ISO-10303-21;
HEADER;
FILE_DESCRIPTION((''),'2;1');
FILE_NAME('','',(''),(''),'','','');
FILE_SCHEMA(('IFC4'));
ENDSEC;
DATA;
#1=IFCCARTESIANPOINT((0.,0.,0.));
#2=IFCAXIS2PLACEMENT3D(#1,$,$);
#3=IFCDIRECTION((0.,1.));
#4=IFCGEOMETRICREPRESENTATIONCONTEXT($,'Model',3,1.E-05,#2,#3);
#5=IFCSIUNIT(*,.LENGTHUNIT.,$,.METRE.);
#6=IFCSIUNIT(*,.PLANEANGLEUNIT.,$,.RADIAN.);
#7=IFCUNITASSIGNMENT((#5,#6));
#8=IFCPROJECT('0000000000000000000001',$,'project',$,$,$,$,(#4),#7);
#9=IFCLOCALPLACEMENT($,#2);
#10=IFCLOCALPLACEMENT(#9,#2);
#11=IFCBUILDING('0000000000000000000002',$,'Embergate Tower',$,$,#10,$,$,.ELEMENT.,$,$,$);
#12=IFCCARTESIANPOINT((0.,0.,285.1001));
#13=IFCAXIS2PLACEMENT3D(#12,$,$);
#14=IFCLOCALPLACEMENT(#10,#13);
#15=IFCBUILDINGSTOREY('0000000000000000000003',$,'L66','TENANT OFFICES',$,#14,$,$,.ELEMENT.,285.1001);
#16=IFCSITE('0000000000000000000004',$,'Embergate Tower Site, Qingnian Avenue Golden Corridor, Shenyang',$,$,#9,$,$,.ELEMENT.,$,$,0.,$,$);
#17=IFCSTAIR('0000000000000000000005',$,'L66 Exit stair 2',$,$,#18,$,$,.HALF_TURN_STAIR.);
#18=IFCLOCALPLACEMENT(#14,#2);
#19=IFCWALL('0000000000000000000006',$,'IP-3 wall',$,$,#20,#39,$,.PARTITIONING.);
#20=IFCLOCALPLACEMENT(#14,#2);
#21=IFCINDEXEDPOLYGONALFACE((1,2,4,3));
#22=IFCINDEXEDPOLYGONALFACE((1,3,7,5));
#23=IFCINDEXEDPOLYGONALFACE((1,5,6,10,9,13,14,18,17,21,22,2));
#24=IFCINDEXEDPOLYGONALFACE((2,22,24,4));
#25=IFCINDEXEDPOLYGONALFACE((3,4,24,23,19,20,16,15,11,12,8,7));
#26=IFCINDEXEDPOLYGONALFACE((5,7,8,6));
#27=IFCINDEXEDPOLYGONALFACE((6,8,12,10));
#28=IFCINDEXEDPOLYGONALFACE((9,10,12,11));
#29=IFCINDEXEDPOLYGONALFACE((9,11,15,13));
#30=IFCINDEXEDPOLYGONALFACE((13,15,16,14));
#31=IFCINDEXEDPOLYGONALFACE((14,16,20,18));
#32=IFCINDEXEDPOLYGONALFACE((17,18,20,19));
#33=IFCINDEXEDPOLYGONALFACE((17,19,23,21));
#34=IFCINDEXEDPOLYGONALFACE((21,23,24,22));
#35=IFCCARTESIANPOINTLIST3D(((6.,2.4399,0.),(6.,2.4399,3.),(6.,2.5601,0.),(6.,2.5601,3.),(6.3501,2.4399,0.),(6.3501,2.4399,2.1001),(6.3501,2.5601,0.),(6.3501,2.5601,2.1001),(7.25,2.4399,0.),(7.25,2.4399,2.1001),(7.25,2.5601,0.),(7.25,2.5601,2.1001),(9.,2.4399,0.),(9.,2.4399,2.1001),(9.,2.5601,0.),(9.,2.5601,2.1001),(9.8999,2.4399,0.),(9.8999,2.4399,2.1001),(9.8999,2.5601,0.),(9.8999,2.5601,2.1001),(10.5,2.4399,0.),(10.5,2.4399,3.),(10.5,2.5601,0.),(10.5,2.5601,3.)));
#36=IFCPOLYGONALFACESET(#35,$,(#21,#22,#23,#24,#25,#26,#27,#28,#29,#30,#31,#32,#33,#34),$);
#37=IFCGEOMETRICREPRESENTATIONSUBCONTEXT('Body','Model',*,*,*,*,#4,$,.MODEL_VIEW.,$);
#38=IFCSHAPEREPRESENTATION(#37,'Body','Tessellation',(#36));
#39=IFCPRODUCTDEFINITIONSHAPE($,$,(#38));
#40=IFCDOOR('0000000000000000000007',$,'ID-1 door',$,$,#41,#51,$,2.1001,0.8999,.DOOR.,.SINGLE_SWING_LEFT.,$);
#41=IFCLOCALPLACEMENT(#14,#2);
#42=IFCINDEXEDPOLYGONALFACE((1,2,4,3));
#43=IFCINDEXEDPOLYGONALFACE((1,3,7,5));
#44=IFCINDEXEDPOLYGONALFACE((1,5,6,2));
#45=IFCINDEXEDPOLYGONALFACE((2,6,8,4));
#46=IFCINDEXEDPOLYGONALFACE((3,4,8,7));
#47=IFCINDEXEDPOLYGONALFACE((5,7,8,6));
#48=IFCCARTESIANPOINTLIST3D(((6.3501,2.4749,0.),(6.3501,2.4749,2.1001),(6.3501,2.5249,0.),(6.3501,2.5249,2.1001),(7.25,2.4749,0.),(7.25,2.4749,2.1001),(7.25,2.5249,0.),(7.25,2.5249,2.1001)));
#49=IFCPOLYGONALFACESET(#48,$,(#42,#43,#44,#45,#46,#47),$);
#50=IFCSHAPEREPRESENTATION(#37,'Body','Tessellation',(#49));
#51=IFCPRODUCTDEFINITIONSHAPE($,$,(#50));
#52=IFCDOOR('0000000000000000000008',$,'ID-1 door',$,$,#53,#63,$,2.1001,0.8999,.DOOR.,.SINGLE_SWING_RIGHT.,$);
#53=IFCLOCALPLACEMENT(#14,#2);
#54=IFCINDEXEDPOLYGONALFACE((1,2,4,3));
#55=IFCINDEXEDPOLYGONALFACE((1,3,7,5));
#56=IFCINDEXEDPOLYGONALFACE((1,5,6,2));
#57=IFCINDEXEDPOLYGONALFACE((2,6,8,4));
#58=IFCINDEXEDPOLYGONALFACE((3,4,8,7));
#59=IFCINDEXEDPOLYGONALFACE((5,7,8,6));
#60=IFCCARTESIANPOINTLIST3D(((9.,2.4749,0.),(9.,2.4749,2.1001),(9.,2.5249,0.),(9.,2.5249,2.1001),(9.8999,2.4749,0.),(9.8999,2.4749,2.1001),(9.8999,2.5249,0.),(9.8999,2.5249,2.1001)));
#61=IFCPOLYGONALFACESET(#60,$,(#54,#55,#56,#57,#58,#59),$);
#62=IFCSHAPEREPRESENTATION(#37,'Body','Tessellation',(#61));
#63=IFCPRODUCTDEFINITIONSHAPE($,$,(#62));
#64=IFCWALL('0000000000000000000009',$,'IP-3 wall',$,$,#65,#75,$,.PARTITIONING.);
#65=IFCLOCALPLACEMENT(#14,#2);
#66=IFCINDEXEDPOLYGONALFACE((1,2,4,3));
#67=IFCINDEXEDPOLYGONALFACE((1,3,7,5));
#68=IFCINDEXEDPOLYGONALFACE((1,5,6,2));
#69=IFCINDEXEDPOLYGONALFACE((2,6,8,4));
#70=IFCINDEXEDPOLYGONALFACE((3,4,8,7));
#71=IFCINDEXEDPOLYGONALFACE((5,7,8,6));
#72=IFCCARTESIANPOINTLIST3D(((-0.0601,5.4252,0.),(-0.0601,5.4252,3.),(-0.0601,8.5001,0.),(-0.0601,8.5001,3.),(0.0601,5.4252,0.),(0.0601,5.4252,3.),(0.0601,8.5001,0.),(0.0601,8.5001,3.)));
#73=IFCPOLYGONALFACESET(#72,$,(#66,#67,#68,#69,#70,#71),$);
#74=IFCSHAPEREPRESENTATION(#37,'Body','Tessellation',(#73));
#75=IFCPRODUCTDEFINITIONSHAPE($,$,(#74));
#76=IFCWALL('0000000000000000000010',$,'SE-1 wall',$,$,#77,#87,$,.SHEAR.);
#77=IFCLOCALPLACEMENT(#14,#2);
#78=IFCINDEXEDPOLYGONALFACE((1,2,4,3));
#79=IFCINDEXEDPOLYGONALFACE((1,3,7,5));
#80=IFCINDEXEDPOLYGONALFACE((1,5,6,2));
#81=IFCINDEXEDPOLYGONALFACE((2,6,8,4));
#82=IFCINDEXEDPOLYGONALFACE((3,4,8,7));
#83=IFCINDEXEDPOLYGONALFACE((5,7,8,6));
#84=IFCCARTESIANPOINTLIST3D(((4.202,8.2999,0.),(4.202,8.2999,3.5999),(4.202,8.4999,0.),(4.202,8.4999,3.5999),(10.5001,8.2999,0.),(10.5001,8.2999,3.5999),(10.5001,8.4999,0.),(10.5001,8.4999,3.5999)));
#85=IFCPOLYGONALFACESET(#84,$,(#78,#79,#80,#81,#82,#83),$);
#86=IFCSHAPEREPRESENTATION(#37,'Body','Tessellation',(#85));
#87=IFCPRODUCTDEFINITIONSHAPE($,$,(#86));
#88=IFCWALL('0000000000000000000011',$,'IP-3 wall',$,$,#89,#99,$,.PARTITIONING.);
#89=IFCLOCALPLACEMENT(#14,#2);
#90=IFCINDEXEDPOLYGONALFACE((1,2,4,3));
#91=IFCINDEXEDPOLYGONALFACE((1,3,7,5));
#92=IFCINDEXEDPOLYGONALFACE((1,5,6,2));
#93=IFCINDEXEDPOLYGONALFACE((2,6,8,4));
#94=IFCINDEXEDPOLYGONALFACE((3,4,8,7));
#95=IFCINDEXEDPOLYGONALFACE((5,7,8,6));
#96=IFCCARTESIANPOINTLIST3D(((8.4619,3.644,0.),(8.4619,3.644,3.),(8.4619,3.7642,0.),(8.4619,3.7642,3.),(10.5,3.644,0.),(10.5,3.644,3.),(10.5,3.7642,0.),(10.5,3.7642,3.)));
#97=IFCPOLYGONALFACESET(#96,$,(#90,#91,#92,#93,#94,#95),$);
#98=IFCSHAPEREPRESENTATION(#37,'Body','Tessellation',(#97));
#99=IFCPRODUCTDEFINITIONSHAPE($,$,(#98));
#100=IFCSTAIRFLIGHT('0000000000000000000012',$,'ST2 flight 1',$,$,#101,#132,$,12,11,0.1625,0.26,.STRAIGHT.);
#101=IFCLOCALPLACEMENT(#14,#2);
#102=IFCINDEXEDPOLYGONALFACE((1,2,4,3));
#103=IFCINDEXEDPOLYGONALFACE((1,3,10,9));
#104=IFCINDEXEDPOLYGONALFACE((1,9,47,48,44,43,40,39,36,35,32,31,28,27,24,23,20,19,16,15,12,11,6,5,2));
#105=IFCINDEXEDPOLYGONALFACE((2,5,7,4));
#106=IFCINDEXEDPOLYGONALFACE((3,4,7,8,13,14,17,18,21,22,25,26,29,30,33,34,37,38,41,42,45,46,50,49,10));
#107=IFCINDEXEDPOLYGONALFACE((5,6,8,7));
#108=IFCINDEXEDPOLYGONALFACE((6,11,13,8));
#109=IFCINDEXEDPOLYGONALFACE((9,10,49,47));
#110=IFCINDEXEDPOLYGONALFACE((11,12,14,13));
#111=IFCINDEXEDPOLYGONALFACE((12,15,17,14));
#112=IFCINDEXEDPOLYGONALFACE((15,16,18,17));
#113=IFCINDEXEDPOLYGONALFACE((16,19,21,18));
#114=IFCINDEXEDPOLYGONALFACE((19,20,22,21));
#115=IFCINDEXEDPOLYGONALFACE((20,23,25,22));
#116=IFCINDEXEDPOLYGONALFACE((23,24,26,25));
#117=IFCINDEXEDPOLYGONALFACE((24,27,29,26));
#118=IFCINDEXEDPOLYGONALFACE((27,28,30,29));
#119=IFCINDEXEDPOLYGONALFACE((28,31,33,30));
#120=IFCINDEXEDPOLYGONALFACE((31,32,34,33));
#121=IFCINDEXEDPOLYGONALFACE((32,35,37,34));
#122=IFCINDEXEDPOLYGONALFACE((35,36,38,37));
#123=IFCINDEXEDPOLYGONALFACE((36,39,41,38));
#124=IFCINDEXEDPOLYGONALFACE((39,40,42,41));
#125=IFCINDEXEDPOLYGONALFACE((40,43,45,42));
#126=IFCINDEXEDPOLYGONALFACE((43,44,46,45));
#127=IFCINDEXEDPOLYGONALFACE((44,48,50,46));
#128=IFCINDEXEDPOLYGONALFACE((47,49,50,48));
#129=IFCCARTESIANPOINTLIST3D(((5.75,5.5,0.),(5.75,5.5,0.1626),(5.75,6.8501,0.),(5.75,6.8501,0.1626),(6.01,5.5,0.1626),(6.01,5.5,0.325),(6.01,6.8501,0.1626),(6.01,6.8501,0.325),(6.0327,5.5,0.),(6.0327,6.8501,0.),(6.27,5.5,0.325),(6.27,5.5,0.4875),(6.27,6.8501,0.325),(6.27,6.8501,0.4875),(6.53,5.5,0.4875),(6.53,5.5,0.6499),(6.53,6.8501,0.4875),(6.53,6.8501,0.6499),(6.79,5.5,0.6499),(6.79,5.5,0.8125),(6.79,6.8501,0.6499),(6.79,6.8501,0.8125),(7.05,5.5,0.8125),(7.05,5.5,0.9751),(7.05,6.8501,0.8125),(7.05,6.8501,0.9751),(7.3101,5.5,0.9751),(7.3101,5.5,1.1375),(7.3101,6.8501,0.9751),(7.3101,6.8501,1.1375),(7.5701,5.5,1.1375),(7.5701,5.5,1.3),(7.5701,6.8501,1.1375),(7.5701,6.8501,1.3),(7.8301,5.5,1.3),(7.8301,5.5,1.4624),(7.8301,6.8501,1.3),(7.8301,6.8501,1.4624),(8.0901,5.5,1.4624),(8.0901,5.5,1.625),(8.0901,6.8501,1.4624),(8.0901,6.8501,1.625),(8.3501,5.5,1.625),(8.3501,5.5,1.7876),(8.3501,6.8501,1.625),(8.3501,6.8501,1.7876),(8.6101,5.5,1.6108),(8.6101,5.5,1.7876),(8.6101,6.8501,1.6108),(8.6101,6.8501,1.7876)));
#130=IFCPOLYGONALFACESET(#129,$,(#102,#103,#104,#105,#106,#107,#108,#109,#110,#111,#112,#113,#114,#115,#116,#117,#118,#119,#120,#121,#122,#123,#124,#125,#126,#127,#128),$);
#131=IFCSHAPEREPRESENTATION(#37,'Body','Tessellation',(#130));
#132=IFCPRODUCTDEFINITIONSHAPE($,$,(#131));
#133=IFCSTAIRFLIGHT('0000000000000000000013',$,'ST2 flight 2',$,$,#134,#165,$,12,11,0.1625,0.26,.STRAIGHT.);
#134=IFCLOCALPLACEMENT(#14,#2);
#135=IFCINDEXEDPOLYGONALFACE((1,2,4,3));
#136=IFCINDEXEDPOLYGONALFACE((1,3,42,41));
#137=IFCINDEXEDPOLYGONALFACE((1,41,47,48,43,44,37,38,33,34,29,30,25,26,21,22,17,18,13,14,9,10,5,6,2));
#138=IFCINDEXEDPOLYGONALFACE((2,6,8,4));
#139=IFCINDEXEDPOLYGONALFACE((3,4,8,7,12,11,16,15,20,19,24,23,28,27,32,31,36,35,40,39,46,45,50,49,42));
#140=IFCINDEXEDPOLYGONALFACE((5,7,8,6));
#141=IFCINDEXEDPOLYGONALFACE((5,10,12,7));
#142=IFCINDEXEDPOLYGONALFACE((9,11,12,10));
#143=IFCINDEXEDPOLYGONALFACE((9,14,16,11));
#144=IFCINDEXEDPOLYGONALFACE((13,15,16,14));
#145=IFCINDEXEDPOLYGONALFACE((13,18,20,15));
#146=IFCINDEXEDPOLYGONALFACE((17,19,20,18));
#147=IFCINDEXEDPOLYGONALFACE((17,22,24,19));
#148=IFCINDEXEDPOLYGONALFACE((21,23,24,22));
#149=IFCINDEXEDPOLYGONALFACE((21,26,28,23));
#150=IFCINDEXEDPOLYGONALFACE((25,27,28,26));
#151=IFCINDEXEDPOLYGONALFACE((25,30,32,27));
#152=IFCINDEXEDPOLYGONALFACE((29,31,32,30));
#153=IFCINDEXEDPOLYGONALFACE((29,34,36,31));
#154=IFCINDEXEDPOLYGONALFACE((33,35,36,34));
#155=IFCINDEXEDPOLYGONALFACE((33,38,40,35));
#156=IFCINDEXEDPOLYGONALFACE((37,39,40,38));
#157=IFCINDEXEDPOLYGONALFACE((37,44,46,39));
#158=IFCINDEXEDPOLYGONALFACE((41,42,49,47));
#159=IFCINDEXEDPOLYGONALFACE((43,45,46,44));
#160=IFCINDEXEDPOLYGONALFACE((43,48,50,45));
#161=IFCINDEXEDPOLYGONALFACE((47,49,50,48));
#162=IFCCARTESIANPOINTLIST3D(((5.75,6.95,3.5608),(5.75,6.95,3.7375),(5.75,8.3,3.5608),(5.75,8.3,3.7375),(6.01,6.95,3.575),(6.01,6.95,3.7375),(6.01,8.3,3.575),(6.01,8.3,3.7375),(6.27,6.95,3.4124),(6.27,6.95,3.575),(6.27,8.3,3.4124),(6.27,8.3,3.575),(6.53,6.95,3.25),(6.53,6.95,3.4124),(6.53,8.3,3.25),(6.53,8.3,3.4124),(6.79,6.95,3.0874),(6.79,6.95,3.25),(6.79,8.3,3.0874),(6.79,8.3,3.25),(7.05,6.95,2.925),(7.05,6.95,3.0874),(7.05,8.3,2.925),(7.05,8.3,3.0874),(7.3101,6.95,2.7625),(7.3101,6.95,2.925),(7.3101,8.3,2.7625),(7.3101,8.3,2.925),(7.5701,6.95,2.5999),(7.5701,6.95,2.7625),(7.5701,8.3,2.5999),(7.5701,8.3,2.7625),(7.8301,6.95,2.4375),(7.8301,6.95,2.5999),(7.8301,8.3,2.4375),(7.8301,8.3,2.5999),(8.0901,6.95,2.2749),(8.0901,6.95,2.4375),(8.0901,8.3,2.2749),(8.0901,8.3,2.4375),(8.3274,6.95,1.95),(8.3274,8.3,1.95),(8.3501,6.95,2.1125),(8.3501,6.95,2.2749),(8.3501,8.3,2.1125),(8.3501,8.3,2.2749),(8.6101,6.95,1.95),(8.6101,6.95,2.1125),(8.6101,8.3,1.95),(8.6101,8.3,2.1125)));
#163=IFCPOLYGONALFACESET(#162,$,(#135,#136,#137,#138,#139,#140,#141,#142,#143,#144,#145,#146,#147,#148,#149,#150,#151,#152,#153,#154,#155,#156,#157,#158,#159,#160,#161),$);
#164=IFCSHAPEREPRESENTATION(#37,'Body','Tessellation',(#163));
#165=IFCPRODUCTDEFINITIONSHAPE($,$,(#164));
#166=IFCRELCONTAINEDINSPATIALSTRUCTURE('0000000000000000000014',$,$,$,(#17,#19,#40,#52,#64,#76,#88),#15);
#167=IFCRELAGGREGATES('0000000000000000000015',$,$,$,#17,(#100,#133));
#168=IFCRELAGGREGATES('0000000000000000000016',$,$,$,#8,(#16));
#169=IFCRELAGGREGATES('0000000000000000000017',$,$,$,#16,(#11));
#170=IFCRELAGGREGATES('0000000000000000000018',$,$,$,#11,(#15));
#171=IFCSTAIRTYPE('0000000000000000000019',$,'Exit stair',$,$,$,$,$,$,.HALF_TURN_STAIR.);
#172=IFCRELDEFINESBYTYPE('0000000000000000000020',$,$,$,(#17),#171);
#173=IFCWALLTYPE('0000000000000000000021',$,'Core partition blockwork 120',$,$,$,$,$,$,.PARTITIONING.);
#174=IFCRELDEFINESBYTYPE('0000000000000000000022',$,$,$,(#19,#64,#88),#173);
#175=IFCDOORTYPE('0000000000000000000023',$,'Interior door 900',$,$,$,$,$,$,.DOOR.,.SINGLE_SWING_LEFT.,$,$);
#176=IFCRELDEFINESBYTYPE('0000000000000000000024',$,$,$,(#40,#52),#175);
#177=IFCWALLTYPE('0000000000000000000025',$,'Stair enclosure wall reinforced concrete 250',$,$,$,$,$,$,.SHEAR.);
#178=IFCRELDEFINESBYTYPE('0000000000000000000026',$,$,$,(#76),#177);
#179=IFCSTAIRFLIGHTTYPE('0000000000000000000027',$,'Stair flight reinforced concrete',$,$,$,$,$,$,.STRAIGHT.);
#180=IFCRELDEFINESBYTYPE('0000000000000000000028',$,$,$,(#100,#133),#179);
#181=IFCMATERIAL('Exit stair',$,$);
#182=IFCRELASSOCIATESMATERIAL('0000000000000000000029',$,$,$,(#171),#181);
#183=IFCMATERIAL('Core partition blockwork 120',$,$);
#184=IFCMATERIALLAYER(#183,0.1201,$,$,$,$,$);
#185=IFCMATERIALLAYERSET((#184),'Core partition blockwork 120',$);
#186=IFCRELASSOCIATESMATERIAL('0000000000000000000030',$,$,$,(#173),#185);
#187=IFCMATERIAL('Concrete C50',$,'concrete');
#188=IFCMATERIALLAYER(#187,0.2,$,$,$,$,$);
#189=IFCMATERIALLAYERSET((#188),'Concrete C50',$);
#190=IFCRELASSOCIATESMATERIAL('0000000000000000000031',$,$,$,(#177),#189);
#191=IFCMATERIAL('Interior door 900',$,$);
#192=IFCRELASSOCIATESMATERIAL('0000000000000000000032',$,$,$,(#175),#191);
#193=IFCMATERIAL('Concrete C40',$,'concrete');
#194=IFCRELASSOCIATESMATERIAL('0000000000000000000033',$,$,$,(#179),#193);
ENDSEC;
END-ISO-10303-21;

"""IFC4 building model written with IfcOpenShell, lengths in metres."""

from ifc_helpers import new_model, si_unit, direction, frame, frame_2d, origin, place, context, subcontext, project, spatial, polyline, rectangle, outline, extrude, source, transform, mapped, material, layer, layer_set, type_object, element, fill, aggregate, save


model = new_model("IFC4")

# Units and contexts
model_context = context("Model", 3, precision=1e-05, world=origin(), true_north=direction((0.0, 1.0)))
body_context = subcontext(model_context, "Body", "Model", "MODEL_VIEW")
ifc_project = project(units=[si_unit("LENGTHUNIT", "METRE"), si_unit("PLANEANGLEUNIT", "RADIAN")], contexts=[model_context])

# Site, building, storey
site_placement = place(None, origin())
site = spatial("IfcSite", under=ifc_project, at=site_placement, Name="Embergate Tower Site, Qingnian Avenue Golden Corridor, Shenyang", CompositionType="ELEMENT", RefElevation=0.0)
building_placement = place(site_placement, origin())
building = spatial("IfcBuilding", under=site, at=building_placement, Name="Embergate Tower", CompositionType="ELEMENT")
storey_placement = place(building_placement, frame((0.0, 0.0, 285.1001)))
storey = spatial("IfcBuildingStorey", under=building, at=storey_placement, Name="L66", Description="TENANT OFFICES", CompositionType="ELEMENT", Elevation=285.1001)

# Stair
ifc_material_1 = material(Name="Exit stair")
stair_type = type_object("IfcStairType", Name="Exit stair", PredefinedType="HALF_TURN_STAIR", material=ifc_material_1)
stair_placement = place(storey_placement, origin())
stair = element("IfcStair", 1, at=stair_placement, inside=storey, type_object=stair_type, Name="L66 Exit stair 2", PredefinedType="HALF_TURN_STAIR")
ifc_material_2 = material(Name="Concrete C40", Category="concrete")

# Shared definitions
ifc_material_3 = material(Name="Core partition blockwork 120")
ifc_layer_1 = layer(ifc_material_3, 0.1201)
ifc_layer_set_1 = layer_set([ifc_layer_1], Name="Core partition blockwork 120")
wall_type_1 = type_object("IfcWallType", Name="Core partition blockwork 120", PredefinedType="PARTITIONING", material=ifc_layer_set_1)

# Shared definitions
ifc_material_4 = material(Name="Concrete C50", Category="concrete")

# Shared definitions
ifc_layer_2 = layer(ifc_material_4, 0.2)
ifc_layer_set_2 = layer_set([ifc_layer_2], Name="Concrete C50")
wall_type_2 = type_object("IfcWallType", Name="Stair enclosure wall reinforced concrete 250", PredefinedType="SHEAR", material=ifc_layer_set_2)

# Wall, openings, doors
shared_shape_1 = source(origin(), body_context, "Body", "SweptSolid", [
    extrude(rectangle(XDim=4.5, YDim=0.1201, at=frame_2d((2.25, 0.0))), origin(), (0.0, 0.0, 1.0), 3.0),
])
wall_1_placement = place(storey_placement, frame((6.0, 2.5, 0.0), z_axis=(0.0, 0.0, 1.0), x_axis=(1.0, 0.0, 0.0)))
wall_1 = element("IfcWall", 2, at=wall_1_placement, inside=storey, type_object=wall_type_1, Name="IP-3 wall", PredefinedType="PARTITIONING", context=body_context, shape_type="MappedRepresentation", body=[
    mapped(shared_shape_1, transform((0.0, 0.0, 0.0))),
])
shared_shape_2 = source(origin(), body_context, "Body", "SweptSolid", [
    extrude(rectangle(XDim=0.8999, YDim=2.1001, at=frame_2d((0.45, 1.05))), frame((0.0, 0.0701, 0.0), z_axis=(0.0, -1.0, 0.0), x_axis=(1.0, 0.0, 0.0)), (0.0, 0.0, 1.0), 0.1401),
])
opening_1_placement = place(wall_1_placement, frame((0.3501, 0.0, 0.0)))
opening_1 = element("IfcOpeningElement", 3, at=opening_1_placement, cuts=wall_1, PredefinedType="OPENING", context=body_context, shape_type="MappedRepresentation", body=[
    mapped(shared_shape_2, transform((0.0, 0.0, 0.0))),
])
opening_2_placement = place(wall_1_placement, frame((3.0, 0.0, 0.0)))
opening_2 = element("IfcOpeningElement", 4, at=opening_2_placement, cuts=wall_1, PredefinedType="OPENING", context=body_context, shape_type="MappedRepresentation", body=[
    mapped(shared_shape_2, transform((0.0, 0.0, 0.0))),
])
ifc_material_5 = material(Name="Interior door 900")
door_type_1 = type_object("IfcDoorType", Name="Interior door 900", OperationType="SINGLE_SWING_LEFT", PredefinedType="DOOR", material=ifc_material_5)
shared_shape_3 = source(origin(), body_context, "Body", "SweptSolid", [
    extrude(rectangle(XDim=0.8999, YDim=2.1001, at=frame_2d((0.45, 1.05))), frame((0.0, 0.0249, 0.0), z_axis=(0.0, -1.0, 0.0), x_axis=(1.0, 0.0, 0.0)), (0.0, 0.0, 1.0), 0.05),
])
door_1_placement = place(opening_1_placement, origin())
door_1 = element("IfcDoor", 5, at=door_1_placement, inside=storey, type_object=door_type_1, Name="ID-1 door", OperationType="SINGLE_SWING_LEFT", OverallHeight=2.1001, OverallWidth=0.8999, PredefinedType="DOOR", context=body_context, shape_type="MappedRepresentation", body=[
    mapped(shared_shape_3, transform((0.0, 0.0, 0.0))),
])
fill(opening_1, door_1)
door_2_placement = place(opening_2_placement, origin())
door_2 = element("IfcDoor", 6, at=door_2_placement, inside=storey, type_object=door_type_1, Name="ID-1 door", OperationType="SINGLE_SWING_RIGHT", OverallHeight=2.1001, OverallWidth=0.8999, PredefinedType="DOOR", context=body_context, shape_type="MappedRepresentation", body=[
    mapped(shared_shape_3, transform((0.0, 0.0, 0.0))),
])
fill(opening_2, door_2)

# Walls
shared_shape_4 = source(origin(), body_context, "Body", "SweptSolid", [
    extrude(rectangle(XDim=3.075, YDim=0.1201, at=frame_2d((1.5376, 0.0))), origin(), (0.0, 0.0, 1.0), 3.0),
])
wall_2_placement = place(storey_placement, frame((0.0, 5.425, 0.0), z_axis=(0.0, 0.0, 1.0), x_axis=(0.0, 1.0, 0.0)))
element("IfcWall", 7, at=wall_2_placement, inside=storey, type_object=wall_type_1, Name="IP-3 wall", PredefinedType="PARTITIONING", context=body_context, shape_type="MappedRepresentation", body=[
    mapped(shared_shape_4, transform((0.0, 0.0, 0.0))),
])
shared_shape_5 = source(origin(), body_context, "Body", "SweptSolid", [
    extrude(rectangle(XDim=6.2981, YDim=0.2, at=frame_2d((3.1489, 0.0))), origin(), (0.0, 0.0, 1.0), 3.5999),
])
wall_3_placement = place(storey_placement, frame((10.5, 8.3999, 0.0), z_axis=(0.0, 0.0, 1.0), x_axis=(-1.0, 0.0, 0.0)))
element("IfcWall", 8, at=wall_3_placement, inside=storey, type_object=wall_type_2, Name="SE-1 wall", PredefinedType="SHEAR", context=body_context, shape_type="MappedRepresentation", body=[
    mapped(shared_shape_5, transform((0.0, 0.0, 0.0))),
])
shared_shape_6 = source(origin(), body_context, "Body", "SweptSolid", [
    extrude(rectangle(XDim=2.0381, YDim=0.1201, at=frame_2d((1.019, 0.0))), origin(), (0.0, 0.0, 1.0), 3.0),
])
wall_4_placement = place(storey_placement, frame((10.5, 3.7041, 0.0), z_axis=(0.0, 0.0, 1.0), x_axis=(-1.0, 0.0, 0.0)))
element("IfcWall", 9, at=wall_4_placement, inside=storey, type_object=wall_type_1, Name="IP-3 wall", PredefinedType="PARTITIONING", context=body_context, shape_type="MappedRepresentation", body=[
    mapped(shared_shape_6, transform((0.0, 0.0, 0.0))),
])

# Stair flights
stair_flight_type = type_object("IfcStairFlightType", Name="Stair flight reinforced concrete", PredefinedType="STRAIGHT", material=ifc_material_2)
shared_shape_7 = source(origin(), body_context, "Body", "SweptSolid", [
    extrude(outline(polyline([(0.0, 0.0), (0.0, 0.1626), (0.26, 0.1626), (0.26, 0.325), (0.52, 0.325), (0.52, 0.4875), (0.78, 0.4875), (0.78, 0.6499), (1.04, 0.6499), (1.04, 0.8125), (1.3, 0.8125), (1.3, 0.9751), (1.5601, 0.9751), (1.5601, 1.1375), (1.8201, 1.1375), (1.8201, 1.3), (2.0801, 1.3), (2.0801, 1.4624), (2.3401, 1.4624), (2.3401, 1.625), (2.6001, 1.625), (2.6001, 1.7876), (2.8601, 1.7876), (2.8601, 1.95), (2.8601, 1.6108), (0.2827, 0.0), (0.0, 0.0)])), frame((0.0, 0.675, 0.0), z_axis=(0.0, -1.0, 0.0), x_axis=(1.0, 0.0, 0.0)), (0.0, 0.0, 1.0), 1.3501),
])
stair_flight_1_placement = place(storey_placement, frame((5.75, 6.175, 0.0), z_axis=(0.0, 0.0, 1.0), x_axis=(1.0, 0.0, 0.0)))
stair_flight_1 = element("IfcStairFlight", 10, at=stair_flight_1_placement, type_object=stair_flight_type, Name="ST2 flight 1", NumberOfRisers=12, NumberOfTreads=11, PredefinedType="STRAIGHT", RiserHeight=0.1625, TreadLength=0.26, context=body_context, shape_type="MappedRepresentation", body=[
    mapped(shared_shape_7, transform((0.0, 0.0, 0.0))),
])
stair_flight_2_placement = place(storey_placement, frame((8.6101, 7.625, 1.95), z_axis=(0.0, 0.0, 1.0), x_axis=(-1.0, 0.0, 0.0)))
stair_flight_2 = element("IfcStairFlight", 11, at=stair_flight_2_placement, type_object=stair_flight_type, Name="ST2 flight 2", NumberOfRisers=12, NumberOfTreads=11, PredefinedType="STRAIGHT", RiserHeight=0.1625, TreadLength=0.26, context=body_context, shape_type="MappedRepresentation", body=[
    mapped(shared_shape_7, transform((0.0, 0.0, 0.0))),
])
aggregate(stair, [stair_flight_1, stair_flight_2])

save(model, "model.ifc")
